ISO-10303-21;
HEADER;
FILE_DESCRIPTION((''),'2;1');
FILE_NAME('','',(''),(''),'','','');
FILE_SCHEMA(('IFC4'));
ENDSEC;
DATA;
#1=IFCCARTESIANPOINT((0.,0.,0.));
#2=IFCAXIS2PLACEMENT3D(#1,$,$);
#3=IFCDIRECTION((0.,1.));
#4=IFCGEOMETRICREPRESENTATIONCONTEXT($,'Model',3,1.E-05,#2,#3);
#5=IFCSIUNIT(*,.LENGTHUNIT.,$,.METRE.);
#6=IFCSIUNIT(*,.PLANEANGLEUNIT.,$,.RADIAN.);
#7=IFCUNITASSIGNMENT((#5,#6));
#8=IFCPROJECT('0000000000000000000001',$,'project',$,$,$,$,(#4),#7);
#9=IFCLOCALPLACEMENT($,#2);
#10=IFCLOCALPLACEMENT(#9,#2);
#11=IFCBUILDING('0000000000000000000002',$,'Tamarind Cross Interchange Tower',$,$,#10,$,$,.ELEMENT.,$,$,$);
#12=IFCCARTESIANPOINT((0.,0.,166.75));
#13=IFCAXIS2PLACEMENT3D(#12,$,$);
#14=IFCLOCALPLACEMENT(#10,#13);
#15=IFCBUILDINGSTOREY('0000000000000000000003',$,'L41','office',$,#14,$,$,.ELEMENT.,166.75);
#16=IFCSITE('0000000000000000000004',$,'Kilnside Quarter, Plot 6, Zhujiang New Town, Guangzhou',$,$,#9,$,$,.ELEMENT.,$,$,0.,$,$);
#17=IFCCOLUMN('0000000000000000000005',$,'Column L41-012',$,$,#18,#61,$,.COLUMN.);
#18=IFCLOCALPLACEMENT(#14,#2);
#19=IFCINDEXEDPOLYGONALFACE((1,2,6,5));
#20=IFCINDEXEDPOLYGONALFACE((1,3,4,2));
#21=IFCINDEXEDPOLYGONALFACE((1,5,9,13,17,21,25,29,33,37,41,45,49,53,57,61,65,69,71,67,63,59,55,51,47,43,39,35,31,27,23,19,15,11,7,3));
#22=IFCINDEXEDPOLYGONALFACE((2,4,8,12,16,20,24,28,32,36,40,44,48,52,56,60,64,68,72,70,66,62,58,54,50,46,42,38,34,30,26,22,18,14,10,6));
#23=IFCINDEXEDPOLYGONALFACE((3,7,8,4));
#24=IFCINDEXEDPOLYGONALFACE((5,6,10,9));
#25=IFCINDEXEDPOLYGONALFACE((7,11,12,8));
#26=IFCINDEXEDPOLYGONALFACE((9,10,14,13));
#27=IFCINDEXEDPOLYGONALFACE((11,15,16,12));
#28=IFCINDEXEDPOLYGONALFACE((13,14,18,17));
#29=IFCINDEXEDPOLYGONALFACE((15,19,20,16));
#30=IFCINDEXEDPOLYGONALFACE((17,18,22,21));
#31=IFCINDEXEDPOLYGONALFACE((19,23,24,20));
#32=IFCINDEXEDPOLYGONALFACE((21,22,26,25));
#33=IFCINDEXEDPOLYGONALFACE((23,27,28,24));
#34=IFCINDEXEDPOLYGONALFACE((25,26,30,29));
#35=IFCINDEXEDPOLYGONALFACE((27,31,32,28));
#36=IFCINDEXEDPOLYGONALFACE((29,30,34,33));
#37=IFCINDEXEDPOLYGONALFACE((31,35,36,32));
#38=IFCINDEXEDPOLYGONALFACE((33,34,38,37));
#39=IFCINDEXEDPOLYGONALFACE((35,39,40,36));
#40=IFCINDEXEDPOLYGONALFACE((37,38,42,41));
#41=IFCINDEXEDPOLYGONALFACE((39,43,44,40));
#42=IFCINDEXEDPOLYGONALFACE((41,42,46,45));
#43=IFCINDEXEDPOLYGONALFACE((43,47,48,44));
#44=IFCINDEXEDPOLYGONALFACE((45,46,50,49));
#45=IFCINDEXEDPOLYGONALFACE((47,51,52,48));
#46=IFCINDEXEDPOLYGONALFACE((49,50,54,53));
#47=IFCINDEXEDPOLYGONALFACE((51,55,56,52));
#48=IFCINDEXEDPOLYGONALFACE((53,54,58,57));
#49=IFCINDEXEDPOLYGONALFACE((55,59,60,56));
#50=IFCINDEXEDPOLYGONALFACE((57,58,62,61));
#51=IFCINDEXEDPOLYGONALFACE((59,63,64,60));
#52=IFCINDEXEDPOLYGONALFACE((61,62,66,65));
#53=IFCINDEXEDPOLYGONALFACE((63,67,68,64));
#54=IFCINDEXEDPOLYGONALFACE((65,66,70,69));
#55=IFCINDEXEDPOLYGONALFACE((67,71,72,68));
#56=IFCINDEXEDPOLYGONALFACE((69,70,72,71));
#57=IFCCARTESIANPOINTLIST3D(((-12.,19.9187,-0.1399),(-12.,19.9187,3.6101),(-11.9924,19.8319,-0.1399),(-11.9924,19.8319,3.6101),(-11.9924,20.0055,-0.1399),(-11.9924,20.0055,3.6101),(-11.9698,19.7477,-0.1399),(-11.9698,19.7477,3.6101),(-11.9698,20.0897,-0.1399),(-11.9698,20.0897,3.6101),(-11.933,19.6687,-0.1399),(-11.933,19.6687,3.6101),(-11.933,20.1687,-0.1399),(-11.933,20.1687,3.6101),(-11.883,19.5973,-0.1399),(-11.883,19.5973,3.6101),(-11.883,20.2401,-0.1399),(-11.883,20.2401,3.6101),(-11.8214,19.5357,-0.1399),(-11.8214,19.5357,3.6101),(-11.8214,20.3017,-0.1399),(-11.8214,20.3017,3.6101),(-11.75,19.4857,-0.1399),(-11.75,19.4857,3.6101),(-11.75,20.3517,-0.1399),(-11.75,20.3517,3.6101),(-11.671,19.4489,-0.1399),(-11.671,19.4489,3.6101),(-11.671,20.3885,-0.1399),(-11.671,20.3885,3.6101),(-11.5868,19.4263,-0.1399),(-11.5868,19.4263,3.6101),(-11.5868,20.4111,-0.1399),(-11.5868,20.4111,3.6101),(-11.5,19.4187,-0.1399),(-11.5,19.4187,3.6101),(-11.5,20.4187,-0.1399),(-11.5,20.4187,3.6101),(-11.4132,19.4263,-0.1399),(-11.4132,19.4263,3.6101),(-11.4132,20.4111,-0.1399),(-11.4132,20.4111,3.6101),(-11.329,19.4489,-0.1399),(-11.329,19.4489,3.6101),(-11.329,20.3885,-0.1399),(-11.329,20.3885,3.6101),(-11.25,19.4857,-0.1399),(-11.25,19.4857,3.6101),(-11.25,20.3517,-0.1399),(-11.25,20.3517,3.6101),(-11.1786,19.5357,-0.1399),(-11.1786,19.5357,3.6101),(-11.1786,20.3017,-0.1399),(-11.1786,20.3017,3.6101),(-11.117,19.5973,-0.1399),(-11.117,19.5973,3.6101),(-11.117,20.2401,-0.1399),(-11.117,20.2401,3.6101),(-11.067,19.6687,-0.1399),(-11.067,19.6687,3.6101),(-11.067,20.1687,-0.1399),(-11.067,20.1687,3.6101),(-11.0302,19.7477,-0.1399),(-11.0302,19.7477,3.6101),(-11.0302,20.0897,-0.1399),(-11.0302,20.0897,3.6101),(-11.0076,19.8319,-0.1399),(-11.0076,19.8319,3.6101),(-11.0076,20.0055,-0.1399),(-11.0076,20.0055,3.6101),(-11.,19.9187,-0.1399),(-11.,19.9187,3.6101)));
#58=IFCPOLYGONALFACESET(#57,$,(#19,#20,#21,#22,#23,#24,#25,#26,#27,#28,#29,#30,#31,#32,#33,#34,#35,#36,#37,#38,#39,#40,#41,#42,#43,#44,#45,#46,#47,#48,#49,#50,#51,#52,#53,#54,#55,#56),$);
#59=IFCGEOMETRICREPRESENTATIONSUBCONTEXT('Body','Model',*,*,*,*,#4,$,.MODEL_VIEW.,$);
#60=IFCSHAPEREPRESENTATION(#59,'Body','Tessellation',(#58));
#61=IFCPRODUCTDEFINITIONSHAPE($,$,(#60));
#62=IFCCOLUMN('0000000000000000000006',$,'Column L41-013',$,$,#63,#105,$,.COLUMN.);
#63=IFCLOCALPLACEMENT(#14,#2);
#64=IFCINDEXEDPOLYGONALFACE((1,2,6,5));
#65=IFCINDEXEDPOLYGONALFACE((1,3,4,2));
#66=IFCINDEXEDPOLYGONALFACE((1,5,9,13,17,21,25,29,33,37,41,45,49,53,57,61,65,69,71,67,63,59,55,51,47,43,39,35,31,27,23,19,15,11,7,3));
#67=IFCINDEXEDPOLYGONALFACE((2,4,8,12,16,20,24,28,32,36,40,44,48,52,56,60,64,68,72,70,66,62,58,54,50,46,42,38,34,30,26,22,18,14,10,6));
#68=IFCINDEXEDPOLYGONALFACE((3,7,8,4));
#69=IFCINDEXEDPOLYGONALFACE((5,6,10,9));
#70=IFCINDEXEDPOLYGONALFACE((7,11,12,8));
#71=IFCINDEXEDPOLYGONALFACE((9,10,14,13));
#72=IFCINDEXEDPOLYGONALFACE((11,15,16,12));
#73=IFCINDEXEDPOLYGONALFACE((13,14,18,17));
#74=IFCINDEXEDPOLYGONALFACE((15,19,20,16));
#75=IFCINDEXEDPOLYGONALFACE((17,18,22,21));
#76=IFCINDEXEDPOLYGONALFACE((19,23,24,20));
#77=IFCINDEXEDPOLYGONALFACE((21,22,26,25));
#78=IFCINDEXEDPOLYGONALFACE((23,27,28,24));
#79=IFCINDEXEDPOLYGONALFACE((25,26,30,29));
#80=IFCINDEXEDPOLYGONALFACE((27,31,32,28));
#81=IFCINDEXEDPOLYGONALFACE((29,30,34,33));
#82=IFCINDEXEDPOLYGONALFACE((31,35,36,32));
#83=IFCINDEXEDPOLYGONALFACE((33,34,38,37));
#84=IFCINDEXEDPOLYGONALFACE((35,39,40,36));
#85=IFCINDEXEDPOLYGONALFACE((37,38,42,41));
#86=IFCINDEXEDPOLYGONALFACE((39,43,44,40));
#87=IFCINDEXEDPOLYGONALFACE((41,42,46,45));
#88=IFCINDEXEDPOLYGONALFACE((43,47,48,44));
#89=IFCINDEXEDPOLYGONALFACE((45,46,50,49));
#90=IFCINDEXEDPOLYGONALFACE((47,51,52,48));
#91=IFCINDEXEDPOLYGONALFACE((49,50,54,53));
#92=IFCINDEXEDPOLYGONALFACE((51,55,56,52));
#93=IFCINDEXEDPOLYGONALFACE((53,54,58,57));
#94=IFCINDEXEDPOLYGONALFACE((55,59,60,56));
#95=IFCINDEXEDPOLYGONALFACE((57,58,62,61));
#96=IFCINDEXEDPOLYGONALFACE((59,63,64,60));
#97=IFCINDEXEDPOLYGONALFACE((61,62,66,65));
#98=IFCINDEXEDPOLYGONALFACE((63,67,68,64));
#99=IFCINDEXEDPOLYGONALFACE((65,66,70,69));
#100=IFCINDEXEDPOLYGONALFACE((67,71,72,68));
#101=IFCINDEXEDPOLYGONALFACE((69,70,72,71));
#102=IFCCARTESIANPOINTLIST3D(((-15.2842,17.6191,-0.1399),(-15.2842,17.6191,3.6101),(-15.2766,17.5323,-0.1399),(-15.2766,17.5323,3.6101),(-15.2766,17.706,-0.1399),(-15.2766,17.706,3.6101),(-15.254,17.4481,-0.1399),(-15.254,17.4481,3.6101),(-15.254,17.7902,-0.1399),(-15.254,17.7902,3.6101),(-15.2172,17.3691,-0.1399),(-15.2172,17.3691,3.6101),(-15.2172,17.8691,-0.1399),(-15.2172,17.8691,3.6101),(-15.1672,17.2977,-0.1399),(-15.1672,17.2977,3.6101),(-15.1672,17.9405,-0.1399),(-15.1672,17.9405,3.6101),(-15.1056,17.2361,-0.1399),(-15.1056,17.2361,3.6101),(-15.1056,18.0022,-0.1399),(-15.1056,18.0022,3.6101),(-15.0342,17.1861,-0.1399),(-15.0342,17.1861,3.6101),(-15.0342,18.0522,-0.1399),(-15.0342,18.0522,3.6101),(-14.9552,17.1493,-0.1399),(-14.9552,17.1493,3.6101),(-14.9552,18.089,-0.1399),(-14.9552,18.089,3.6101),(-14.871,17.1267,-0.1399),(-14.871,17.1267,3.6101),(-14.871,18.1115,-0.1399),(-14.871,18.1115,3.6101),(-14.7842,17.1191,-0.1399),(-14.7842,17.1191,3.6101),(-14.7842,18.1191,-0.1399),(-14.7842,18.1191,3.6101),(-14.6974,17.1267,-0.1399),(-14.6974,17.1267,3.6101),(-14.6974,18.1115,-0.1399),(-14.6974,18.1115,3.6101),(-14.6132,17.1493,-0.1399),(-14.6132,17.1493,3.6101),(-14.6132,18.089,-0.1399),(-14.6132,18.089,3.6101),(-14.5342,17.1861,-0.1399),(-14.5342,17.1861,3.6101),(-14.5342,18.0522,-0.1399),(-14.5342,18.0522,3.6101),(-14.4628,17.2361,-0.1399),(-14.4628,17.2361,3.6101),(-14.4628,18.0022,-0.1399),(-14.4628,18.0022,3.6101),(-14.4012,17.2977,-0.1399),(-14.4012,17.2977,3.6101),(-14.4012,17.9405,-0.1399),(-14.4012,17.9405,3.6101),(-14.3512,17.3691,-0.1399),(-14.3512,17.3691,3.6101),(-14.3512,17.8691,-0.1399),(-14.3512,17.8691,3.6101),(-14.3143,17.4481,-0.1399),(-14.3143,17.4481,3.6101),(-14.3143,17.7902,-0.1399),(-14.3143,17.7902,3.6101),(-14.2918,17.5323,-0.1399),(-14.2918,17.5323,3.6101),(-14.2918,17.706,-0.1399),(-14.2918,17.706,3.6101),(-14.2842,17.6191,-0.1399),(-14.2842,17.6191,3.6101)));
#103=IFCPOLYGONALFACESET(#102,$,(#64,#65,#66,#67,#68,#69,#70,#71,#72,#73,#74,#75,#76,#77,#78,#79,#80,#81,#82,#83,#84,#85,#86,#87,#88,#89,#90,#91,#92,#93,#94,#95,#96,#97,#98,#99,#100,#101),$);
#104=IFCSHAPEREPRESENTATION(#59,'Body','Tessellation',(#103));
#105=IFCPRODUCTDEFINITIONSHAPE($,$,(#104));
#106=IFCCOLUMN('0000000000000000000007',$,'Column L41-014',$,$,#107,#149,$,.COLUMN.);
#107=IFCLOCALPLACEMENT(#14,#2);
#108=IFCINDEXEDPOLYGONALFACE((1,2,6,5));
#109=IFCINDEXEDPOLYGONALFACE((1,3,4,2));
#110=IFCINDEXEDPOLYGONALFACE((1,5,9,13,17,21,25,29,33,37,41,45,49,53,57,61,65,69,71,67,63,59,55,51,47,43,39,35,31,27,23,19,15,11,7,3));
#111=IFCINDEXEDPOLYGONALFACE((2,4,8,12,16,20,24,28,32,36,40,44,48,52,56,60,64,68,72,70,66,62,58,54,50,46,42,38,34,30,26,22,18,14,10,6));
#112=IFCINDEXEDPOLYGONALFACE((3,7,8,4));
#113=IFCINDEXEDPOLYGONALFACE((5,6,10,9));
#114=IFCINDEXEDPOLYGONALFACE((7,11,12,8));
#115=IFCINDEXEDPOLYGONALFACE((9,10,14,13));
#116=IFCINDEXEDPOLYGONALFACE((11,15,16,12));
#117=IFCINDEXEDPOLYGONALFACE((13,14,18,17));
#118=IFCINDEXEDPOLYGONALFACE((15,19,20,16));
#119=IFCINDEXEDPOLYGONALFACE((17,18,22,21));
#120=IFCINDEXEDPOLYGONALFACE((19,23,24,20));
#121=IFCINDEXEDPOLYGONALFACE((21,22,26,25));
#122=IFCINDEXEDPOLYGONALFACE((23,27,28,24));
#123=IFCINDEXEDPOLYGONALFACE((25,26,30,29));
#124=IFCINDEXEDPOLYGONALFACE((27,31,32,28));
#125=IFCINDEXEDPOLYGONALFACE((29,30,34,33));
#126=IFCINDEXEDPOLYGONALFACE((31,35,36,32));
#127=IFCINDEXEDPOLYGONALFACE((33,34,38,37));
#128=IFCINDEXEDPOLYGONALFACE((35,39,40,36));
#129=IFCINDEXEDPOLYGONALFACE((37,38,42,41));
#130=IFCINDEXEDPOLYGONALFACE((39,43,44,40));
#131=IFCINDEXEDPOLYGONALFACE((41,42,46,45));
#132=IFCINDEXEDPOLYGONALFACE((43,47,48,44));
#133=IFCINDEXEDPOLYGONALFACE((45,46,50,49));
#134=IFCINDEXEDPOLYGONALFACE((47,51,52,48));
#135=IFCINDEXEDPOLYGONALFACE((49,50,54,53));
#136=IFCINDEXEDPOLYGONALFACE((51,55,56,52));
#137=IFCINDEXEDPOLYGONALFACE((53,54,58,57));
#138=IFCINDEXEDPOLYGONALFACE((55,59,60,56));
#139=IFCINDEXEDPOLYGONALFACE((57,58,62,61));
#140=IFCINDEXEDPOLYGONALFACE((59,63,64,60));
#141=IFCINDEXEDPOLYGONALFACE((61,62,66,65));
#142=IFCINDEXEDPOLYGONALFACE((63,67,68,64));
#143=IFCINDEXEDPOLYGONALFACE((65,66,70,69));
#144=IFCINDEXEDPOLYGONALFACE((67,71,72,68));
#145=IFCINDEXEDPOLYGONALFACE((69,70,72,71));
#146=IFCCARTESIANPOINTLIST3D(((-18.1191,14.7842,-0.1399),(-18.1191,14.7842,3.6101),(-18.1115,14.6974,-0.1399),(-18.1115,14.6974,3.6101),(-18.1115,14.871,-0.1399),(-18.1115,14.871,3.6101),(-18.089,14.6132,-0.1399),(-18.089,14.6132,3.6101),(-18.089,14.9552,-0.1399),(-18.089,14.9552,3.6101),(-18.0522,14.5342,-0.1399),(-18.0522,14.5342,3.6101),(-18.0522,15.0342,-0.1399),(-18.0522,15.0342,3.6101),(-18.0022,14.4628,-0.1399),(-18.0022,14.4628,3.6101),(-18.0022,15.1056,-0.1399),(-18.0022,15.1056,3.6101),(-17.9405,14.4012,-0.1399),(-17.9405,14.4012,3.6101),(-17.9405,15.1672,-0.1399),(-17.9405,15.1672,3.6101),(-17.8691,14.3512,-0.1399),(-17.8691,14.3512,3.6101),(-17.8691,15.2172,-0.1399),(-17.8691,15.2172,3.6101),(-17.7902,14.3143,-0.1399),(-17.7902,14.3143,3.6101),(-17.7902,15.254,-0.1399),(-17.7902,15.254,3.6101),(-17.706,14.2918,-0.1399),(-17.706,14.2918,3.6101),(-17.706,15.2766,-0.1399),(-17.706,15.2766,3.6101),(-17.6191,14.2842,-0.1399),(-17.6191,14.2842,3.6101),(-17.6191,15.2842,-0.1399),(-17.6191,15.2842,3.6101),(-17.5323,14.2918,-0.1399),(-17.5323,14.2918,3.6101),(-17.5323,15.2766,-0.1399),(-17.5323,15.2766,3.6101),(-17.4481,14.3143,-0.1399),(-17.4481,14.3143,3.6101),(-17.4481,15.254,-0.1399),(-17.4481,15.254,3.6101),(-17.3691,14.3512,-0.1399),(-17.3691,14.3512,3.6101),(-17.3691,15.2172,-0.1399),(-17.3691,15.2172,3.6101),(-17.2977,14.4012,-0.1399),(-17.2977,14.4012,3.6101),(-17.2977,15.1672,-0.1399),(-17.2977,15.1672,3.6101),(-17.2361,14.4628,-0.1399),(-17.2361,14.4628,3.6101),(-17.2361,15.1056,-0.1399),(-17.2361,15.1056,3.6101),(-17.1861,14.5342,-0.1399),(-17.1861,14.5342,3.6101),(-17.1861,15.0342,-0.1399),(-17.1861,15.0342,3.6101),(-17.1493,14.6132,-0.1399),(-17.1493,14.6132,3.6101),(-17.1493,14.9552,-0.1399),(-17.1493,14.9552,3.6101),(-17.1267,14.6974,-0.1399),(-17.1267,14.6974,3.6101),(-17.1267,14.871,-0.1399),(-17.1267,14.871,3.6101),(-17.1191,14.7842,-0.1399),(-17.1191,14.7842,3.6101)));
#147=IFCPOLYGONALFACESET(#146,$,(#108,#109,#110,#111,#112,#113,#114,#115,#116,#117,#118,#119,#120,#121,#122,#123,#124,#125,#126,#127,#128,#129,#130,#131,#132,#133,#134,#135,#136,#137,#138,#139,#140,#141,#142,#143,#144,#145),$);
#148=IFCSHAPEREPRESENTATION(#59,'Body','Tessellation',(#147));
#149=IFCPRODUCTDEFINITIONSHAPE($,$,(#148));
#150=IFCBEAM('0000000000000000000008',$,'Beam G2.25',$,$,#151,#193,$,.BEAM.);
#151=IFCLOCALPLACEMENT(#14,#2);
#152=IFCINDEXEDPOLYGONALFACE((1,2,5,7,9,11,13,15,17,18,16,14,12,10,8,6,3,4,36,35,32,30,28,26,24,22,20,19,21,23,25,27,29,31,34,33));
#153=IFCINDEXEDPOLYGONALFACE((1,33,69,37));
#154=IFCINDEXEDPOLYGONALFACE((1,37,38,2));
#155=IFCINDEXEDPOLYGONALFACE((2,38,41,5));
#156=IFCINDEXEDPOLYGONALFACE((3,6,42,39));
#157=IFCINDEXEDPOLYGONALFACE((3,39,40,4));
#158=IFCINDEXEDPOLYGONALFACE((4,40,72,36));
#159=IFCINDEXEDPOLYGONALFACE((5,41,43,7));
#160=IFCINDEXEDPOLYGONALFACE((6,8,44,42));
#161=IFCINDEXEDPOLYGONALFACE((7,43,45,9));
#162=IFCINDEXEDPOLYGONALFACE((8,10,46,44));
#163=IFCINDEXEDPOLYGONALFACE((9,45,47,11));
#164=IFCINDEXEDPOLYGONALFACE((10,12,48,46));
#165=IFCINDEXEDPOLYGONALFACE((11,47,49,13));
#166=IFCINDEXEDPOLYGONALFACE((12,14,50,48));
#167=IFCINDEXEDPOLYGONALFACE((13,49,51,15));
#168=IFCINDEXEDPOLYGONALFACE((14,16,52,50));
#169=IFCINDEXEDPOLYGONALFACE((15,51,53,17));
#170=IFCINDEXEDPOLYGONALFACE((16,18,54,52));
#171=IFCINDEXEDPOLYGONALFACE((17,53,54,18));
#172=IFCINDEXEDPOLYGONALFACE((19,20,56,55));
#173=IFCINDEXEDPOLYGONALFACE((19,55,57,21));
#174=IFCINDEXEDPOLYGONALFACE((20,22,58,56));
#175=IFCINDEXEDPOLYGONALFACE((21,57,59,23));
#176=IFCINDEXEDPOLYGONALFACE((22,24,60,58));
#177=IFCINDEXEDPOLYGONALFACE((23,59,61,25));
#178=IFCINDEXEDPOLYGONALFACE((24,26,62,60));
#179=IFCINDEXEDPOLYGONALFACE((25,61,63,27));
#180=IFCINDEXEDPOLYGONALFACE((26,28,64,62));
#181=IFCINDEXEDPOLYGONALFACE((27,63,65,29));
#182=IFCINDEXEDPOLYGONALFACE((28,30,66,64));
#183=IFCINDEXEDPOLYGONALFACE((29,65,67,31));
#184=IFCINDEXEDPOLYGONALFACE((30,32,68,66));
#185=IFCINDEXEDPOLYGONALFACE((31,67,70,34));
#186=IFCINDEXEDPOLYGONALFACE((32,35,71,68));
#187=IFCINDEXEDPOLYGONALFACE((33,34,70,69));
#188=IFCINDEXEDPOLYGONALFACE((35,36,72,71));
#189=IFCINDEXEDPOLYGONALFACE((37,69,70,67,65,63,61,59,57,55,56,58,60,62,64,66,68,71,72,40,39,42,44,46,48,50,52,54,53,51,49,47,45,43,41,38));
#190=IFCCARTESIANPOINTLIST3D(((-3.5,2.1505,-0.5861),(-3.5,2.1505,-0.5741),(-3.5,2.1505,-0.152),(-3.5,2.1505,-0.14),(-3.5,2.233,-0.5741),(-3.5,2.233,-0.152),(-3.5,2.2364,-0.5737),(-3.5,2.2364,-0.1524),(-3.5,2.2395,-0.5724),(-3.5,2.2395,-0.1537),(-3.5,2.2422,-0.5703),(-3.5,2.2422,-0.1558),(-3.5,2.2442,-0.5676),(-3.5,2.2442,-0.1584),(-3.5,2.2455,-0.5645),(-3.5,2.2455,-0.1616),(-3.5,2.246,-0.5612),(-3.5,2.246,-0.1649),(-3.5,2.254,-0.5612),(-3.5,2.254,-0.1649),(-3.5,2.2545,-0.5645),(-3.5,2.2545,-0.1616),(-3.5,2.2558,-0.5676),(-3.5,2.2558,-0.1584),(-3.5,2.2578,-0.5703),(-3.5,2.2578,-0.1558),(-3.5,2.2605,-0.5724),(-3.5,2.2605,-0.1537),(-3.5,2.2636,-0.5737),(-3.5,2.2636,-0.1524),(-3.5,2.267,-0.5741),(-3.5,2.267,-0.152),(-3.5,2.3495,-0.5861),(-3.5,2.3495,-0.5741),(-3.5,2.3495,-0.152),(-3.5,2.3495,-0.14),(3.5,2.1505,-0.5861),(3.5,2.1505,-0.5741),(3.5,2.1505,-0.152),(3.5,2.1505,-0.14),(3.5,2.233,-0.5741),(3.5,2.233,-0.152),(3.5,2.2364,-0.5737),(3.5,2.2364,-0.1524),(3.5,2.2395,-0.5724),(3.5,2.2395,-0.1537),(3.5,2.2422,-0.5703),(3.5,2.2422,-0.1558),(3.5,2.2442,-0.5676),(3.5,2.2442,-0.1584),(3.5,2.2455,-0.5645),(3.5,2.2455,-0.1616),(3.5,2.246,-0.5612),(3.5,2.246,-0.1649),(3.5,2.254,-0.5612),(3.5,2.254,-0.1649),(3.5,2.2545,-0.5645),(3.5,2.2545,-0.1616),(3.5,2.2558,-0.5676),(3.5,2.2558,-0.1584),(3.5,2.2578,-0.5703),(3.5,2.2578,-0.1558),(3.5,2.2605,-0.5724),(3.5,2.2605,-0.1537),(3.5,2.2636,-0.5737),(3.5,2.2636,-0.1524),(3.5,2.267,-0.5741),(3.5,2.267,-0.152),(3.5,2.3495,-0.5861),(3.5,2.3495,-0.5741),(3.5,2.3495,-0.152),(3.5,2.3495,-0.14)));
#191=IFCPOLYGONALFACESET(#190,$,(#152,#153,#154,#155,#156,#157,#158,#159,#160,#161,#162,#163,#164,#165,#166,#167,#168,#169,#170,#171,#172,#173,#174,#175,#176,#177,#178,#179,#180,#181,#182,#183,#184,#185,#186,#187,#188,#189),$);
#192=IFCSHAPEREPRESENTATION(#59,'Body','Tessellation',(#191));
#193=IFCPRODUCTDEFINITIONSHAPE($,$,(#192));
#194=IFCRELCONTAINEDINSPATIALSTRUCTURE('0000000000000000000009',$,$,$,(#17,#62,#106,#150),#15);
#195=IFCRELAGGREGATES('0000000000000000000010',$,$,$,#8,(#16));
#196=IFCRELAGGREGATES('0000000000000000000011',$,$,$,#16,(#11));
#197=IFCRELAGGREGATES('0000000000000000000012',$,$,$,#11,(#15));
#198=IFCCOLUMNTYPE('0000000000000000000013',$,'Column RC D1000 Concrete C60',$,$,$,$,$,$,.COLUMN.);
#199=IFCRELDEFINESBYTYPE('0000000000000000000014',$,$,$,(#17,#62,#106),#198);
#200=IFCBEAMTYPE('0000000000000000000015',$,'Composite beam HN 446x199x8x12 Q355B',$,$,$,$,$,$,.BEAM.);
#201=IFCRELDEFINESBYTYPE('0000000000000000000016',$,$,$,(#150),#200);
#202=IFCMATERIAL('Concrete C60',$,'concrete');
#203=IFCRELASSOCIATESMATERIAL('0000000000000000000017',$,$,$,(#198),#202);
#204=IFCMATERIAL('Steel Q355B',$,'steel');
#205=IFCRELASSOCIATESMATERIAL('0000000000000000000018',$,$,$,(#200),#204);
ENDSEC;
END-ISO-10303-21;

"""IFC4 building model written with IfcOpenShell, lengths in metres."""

from ifc_helpers import new_model, si_unit, direction, frame, origin, origin_2d, place, context, subcontext, project, spatial, circle, i_section, extrude, material, material_profile, profile_set, type_object, element, save


model = new_model("IFC4")

# Units and contexts
model_context = context("Model", 3, precision=1e-05, world=origin(), true_north=direction((0.0, 1.0)))
body_context = subcontext(model_context, "Body", "Model", "MODEL_VIEW")
ifc_project = project(units=[si_unit("LENGTHUNIT", "METRE"), si_unit("PLANEANGLEUNIT", "RADIAN")], contexts=[model_context])

# Site, building, storey
site_placement = place(None, origin())
site = spatial("IfcSite", under=ifc_project, at=site_placement, Name="Kilnside Quarter, Plot 6, Zhujiang New Town, Guangzhou", CompositionType="ELEMENT", RefElevation=0.0)
building_placement = place(site_placement, origin())
building = spatial("IfcBuilding", under=site, at=building_placement, Name="Tamarind Cross Interchange Tower", CompositionType="ELEMENT")
storey_placement = place(building_placement, frame((0.0, 0.0, 166.75)))
storey = spatial("IfcBuildingStorey", under=building, at=storey_placement, Name="L41", Description="office", CompositionType="ELEMENT", Elevation=166.75)

# Columns
ifc_material_1 = material(Name="Concrete C60", Category="concrete")
ifc_material_profile_1 = material_profile(ifc_material_1, circle(Radius=0.5, at=origin_2d()), Name="RC D1000")
ifc_profile_set_1 = profile_set([ifc_material_profile_1], Name="Concrete C60")
column_type = type_object("IfcColumnType", Name="Column RC D1000 Concrete C60", PredefinedType="COLUMN", material=ifc_profile_set_1)
for number, where, z_axis, x_axis, name in (
    (1, (-11.5, 19.9187, -0.1399), (0.0, 0.0, 1.0), (1.0, 0.0, 0.0), "Column L41-012"),
    (2, (-14.7842, 17.6191, -0.1399), (0.0, 0.0, 1.0), (1.0, 0.0, 0.0), "Column L41-013"),
    (3, (-17.6191, 14.7842, -0.1399), (0.0, 0.0, 1.0), (1.0, 0.0, 0.0), "Column L41-014"),
):
    element("IfcColumn", number, at=place(storey_placement, frame(where, z_axis=z_axis, x_axis=x_axis)), inside=storey, type_object=column_type, Name=name, PredefinedType="COLUMN", context=body_context, shape_type="SweptSolid", body=[
        extrude(circle(Radius=0.5, at=origin_2d()), origin(), (0.0, 0.0, 1.0), 3.75),
    ])

# Beam
ifc_material_2 = material(Name="Steel Q355B", Category="steel")
ifc_material_profile_2 = material_profile(ifc_material_2, i_section(OverallWidth=0.199, OverallDepth=0.446, WebThickness=0.0081, FlangeThickness=0.012, FilletRadius=0.0129, at=origin_2d()), Name="HN 446x199x8x12")
ifc_profile_set_2 = profile_set([ifc_material_profile_2], Name="Steel Q355B")
beam_type_1 = type_object("IfcBeamType", Name="Composite beam HN 446x199x8x12 Q355B", PredefinedType="BEAM", material=ifc_profile_set_2)
for number, where, z_axis, x_axis, name in (
    (4, (-3.5, 2.25, -0.363), (1.0, 0.0, 0.0), (0.0, 1.0, 0.0), "Beam G2.25"),
):
    element("IfcBeam", number, at=place(storey_placement, frame(where, z_axis=z_axis, x_axis=x_axis)), inside=storey, type_object=beam_type_1, Name=name, PredefinedType="BEAM", context=body_context, shape_type="SweptSolid", body=[
        extrude(i_section(OverallWidth=0.199, OverallDepth=0.446, WebThickness=0.0081, FlangeThickness=0.012, FilletRadius=0.0129, at=origin_2d()), origin(), (0.0, 0.0, 1.0), 7.0),
    ])

save(model, "model.ifc")
